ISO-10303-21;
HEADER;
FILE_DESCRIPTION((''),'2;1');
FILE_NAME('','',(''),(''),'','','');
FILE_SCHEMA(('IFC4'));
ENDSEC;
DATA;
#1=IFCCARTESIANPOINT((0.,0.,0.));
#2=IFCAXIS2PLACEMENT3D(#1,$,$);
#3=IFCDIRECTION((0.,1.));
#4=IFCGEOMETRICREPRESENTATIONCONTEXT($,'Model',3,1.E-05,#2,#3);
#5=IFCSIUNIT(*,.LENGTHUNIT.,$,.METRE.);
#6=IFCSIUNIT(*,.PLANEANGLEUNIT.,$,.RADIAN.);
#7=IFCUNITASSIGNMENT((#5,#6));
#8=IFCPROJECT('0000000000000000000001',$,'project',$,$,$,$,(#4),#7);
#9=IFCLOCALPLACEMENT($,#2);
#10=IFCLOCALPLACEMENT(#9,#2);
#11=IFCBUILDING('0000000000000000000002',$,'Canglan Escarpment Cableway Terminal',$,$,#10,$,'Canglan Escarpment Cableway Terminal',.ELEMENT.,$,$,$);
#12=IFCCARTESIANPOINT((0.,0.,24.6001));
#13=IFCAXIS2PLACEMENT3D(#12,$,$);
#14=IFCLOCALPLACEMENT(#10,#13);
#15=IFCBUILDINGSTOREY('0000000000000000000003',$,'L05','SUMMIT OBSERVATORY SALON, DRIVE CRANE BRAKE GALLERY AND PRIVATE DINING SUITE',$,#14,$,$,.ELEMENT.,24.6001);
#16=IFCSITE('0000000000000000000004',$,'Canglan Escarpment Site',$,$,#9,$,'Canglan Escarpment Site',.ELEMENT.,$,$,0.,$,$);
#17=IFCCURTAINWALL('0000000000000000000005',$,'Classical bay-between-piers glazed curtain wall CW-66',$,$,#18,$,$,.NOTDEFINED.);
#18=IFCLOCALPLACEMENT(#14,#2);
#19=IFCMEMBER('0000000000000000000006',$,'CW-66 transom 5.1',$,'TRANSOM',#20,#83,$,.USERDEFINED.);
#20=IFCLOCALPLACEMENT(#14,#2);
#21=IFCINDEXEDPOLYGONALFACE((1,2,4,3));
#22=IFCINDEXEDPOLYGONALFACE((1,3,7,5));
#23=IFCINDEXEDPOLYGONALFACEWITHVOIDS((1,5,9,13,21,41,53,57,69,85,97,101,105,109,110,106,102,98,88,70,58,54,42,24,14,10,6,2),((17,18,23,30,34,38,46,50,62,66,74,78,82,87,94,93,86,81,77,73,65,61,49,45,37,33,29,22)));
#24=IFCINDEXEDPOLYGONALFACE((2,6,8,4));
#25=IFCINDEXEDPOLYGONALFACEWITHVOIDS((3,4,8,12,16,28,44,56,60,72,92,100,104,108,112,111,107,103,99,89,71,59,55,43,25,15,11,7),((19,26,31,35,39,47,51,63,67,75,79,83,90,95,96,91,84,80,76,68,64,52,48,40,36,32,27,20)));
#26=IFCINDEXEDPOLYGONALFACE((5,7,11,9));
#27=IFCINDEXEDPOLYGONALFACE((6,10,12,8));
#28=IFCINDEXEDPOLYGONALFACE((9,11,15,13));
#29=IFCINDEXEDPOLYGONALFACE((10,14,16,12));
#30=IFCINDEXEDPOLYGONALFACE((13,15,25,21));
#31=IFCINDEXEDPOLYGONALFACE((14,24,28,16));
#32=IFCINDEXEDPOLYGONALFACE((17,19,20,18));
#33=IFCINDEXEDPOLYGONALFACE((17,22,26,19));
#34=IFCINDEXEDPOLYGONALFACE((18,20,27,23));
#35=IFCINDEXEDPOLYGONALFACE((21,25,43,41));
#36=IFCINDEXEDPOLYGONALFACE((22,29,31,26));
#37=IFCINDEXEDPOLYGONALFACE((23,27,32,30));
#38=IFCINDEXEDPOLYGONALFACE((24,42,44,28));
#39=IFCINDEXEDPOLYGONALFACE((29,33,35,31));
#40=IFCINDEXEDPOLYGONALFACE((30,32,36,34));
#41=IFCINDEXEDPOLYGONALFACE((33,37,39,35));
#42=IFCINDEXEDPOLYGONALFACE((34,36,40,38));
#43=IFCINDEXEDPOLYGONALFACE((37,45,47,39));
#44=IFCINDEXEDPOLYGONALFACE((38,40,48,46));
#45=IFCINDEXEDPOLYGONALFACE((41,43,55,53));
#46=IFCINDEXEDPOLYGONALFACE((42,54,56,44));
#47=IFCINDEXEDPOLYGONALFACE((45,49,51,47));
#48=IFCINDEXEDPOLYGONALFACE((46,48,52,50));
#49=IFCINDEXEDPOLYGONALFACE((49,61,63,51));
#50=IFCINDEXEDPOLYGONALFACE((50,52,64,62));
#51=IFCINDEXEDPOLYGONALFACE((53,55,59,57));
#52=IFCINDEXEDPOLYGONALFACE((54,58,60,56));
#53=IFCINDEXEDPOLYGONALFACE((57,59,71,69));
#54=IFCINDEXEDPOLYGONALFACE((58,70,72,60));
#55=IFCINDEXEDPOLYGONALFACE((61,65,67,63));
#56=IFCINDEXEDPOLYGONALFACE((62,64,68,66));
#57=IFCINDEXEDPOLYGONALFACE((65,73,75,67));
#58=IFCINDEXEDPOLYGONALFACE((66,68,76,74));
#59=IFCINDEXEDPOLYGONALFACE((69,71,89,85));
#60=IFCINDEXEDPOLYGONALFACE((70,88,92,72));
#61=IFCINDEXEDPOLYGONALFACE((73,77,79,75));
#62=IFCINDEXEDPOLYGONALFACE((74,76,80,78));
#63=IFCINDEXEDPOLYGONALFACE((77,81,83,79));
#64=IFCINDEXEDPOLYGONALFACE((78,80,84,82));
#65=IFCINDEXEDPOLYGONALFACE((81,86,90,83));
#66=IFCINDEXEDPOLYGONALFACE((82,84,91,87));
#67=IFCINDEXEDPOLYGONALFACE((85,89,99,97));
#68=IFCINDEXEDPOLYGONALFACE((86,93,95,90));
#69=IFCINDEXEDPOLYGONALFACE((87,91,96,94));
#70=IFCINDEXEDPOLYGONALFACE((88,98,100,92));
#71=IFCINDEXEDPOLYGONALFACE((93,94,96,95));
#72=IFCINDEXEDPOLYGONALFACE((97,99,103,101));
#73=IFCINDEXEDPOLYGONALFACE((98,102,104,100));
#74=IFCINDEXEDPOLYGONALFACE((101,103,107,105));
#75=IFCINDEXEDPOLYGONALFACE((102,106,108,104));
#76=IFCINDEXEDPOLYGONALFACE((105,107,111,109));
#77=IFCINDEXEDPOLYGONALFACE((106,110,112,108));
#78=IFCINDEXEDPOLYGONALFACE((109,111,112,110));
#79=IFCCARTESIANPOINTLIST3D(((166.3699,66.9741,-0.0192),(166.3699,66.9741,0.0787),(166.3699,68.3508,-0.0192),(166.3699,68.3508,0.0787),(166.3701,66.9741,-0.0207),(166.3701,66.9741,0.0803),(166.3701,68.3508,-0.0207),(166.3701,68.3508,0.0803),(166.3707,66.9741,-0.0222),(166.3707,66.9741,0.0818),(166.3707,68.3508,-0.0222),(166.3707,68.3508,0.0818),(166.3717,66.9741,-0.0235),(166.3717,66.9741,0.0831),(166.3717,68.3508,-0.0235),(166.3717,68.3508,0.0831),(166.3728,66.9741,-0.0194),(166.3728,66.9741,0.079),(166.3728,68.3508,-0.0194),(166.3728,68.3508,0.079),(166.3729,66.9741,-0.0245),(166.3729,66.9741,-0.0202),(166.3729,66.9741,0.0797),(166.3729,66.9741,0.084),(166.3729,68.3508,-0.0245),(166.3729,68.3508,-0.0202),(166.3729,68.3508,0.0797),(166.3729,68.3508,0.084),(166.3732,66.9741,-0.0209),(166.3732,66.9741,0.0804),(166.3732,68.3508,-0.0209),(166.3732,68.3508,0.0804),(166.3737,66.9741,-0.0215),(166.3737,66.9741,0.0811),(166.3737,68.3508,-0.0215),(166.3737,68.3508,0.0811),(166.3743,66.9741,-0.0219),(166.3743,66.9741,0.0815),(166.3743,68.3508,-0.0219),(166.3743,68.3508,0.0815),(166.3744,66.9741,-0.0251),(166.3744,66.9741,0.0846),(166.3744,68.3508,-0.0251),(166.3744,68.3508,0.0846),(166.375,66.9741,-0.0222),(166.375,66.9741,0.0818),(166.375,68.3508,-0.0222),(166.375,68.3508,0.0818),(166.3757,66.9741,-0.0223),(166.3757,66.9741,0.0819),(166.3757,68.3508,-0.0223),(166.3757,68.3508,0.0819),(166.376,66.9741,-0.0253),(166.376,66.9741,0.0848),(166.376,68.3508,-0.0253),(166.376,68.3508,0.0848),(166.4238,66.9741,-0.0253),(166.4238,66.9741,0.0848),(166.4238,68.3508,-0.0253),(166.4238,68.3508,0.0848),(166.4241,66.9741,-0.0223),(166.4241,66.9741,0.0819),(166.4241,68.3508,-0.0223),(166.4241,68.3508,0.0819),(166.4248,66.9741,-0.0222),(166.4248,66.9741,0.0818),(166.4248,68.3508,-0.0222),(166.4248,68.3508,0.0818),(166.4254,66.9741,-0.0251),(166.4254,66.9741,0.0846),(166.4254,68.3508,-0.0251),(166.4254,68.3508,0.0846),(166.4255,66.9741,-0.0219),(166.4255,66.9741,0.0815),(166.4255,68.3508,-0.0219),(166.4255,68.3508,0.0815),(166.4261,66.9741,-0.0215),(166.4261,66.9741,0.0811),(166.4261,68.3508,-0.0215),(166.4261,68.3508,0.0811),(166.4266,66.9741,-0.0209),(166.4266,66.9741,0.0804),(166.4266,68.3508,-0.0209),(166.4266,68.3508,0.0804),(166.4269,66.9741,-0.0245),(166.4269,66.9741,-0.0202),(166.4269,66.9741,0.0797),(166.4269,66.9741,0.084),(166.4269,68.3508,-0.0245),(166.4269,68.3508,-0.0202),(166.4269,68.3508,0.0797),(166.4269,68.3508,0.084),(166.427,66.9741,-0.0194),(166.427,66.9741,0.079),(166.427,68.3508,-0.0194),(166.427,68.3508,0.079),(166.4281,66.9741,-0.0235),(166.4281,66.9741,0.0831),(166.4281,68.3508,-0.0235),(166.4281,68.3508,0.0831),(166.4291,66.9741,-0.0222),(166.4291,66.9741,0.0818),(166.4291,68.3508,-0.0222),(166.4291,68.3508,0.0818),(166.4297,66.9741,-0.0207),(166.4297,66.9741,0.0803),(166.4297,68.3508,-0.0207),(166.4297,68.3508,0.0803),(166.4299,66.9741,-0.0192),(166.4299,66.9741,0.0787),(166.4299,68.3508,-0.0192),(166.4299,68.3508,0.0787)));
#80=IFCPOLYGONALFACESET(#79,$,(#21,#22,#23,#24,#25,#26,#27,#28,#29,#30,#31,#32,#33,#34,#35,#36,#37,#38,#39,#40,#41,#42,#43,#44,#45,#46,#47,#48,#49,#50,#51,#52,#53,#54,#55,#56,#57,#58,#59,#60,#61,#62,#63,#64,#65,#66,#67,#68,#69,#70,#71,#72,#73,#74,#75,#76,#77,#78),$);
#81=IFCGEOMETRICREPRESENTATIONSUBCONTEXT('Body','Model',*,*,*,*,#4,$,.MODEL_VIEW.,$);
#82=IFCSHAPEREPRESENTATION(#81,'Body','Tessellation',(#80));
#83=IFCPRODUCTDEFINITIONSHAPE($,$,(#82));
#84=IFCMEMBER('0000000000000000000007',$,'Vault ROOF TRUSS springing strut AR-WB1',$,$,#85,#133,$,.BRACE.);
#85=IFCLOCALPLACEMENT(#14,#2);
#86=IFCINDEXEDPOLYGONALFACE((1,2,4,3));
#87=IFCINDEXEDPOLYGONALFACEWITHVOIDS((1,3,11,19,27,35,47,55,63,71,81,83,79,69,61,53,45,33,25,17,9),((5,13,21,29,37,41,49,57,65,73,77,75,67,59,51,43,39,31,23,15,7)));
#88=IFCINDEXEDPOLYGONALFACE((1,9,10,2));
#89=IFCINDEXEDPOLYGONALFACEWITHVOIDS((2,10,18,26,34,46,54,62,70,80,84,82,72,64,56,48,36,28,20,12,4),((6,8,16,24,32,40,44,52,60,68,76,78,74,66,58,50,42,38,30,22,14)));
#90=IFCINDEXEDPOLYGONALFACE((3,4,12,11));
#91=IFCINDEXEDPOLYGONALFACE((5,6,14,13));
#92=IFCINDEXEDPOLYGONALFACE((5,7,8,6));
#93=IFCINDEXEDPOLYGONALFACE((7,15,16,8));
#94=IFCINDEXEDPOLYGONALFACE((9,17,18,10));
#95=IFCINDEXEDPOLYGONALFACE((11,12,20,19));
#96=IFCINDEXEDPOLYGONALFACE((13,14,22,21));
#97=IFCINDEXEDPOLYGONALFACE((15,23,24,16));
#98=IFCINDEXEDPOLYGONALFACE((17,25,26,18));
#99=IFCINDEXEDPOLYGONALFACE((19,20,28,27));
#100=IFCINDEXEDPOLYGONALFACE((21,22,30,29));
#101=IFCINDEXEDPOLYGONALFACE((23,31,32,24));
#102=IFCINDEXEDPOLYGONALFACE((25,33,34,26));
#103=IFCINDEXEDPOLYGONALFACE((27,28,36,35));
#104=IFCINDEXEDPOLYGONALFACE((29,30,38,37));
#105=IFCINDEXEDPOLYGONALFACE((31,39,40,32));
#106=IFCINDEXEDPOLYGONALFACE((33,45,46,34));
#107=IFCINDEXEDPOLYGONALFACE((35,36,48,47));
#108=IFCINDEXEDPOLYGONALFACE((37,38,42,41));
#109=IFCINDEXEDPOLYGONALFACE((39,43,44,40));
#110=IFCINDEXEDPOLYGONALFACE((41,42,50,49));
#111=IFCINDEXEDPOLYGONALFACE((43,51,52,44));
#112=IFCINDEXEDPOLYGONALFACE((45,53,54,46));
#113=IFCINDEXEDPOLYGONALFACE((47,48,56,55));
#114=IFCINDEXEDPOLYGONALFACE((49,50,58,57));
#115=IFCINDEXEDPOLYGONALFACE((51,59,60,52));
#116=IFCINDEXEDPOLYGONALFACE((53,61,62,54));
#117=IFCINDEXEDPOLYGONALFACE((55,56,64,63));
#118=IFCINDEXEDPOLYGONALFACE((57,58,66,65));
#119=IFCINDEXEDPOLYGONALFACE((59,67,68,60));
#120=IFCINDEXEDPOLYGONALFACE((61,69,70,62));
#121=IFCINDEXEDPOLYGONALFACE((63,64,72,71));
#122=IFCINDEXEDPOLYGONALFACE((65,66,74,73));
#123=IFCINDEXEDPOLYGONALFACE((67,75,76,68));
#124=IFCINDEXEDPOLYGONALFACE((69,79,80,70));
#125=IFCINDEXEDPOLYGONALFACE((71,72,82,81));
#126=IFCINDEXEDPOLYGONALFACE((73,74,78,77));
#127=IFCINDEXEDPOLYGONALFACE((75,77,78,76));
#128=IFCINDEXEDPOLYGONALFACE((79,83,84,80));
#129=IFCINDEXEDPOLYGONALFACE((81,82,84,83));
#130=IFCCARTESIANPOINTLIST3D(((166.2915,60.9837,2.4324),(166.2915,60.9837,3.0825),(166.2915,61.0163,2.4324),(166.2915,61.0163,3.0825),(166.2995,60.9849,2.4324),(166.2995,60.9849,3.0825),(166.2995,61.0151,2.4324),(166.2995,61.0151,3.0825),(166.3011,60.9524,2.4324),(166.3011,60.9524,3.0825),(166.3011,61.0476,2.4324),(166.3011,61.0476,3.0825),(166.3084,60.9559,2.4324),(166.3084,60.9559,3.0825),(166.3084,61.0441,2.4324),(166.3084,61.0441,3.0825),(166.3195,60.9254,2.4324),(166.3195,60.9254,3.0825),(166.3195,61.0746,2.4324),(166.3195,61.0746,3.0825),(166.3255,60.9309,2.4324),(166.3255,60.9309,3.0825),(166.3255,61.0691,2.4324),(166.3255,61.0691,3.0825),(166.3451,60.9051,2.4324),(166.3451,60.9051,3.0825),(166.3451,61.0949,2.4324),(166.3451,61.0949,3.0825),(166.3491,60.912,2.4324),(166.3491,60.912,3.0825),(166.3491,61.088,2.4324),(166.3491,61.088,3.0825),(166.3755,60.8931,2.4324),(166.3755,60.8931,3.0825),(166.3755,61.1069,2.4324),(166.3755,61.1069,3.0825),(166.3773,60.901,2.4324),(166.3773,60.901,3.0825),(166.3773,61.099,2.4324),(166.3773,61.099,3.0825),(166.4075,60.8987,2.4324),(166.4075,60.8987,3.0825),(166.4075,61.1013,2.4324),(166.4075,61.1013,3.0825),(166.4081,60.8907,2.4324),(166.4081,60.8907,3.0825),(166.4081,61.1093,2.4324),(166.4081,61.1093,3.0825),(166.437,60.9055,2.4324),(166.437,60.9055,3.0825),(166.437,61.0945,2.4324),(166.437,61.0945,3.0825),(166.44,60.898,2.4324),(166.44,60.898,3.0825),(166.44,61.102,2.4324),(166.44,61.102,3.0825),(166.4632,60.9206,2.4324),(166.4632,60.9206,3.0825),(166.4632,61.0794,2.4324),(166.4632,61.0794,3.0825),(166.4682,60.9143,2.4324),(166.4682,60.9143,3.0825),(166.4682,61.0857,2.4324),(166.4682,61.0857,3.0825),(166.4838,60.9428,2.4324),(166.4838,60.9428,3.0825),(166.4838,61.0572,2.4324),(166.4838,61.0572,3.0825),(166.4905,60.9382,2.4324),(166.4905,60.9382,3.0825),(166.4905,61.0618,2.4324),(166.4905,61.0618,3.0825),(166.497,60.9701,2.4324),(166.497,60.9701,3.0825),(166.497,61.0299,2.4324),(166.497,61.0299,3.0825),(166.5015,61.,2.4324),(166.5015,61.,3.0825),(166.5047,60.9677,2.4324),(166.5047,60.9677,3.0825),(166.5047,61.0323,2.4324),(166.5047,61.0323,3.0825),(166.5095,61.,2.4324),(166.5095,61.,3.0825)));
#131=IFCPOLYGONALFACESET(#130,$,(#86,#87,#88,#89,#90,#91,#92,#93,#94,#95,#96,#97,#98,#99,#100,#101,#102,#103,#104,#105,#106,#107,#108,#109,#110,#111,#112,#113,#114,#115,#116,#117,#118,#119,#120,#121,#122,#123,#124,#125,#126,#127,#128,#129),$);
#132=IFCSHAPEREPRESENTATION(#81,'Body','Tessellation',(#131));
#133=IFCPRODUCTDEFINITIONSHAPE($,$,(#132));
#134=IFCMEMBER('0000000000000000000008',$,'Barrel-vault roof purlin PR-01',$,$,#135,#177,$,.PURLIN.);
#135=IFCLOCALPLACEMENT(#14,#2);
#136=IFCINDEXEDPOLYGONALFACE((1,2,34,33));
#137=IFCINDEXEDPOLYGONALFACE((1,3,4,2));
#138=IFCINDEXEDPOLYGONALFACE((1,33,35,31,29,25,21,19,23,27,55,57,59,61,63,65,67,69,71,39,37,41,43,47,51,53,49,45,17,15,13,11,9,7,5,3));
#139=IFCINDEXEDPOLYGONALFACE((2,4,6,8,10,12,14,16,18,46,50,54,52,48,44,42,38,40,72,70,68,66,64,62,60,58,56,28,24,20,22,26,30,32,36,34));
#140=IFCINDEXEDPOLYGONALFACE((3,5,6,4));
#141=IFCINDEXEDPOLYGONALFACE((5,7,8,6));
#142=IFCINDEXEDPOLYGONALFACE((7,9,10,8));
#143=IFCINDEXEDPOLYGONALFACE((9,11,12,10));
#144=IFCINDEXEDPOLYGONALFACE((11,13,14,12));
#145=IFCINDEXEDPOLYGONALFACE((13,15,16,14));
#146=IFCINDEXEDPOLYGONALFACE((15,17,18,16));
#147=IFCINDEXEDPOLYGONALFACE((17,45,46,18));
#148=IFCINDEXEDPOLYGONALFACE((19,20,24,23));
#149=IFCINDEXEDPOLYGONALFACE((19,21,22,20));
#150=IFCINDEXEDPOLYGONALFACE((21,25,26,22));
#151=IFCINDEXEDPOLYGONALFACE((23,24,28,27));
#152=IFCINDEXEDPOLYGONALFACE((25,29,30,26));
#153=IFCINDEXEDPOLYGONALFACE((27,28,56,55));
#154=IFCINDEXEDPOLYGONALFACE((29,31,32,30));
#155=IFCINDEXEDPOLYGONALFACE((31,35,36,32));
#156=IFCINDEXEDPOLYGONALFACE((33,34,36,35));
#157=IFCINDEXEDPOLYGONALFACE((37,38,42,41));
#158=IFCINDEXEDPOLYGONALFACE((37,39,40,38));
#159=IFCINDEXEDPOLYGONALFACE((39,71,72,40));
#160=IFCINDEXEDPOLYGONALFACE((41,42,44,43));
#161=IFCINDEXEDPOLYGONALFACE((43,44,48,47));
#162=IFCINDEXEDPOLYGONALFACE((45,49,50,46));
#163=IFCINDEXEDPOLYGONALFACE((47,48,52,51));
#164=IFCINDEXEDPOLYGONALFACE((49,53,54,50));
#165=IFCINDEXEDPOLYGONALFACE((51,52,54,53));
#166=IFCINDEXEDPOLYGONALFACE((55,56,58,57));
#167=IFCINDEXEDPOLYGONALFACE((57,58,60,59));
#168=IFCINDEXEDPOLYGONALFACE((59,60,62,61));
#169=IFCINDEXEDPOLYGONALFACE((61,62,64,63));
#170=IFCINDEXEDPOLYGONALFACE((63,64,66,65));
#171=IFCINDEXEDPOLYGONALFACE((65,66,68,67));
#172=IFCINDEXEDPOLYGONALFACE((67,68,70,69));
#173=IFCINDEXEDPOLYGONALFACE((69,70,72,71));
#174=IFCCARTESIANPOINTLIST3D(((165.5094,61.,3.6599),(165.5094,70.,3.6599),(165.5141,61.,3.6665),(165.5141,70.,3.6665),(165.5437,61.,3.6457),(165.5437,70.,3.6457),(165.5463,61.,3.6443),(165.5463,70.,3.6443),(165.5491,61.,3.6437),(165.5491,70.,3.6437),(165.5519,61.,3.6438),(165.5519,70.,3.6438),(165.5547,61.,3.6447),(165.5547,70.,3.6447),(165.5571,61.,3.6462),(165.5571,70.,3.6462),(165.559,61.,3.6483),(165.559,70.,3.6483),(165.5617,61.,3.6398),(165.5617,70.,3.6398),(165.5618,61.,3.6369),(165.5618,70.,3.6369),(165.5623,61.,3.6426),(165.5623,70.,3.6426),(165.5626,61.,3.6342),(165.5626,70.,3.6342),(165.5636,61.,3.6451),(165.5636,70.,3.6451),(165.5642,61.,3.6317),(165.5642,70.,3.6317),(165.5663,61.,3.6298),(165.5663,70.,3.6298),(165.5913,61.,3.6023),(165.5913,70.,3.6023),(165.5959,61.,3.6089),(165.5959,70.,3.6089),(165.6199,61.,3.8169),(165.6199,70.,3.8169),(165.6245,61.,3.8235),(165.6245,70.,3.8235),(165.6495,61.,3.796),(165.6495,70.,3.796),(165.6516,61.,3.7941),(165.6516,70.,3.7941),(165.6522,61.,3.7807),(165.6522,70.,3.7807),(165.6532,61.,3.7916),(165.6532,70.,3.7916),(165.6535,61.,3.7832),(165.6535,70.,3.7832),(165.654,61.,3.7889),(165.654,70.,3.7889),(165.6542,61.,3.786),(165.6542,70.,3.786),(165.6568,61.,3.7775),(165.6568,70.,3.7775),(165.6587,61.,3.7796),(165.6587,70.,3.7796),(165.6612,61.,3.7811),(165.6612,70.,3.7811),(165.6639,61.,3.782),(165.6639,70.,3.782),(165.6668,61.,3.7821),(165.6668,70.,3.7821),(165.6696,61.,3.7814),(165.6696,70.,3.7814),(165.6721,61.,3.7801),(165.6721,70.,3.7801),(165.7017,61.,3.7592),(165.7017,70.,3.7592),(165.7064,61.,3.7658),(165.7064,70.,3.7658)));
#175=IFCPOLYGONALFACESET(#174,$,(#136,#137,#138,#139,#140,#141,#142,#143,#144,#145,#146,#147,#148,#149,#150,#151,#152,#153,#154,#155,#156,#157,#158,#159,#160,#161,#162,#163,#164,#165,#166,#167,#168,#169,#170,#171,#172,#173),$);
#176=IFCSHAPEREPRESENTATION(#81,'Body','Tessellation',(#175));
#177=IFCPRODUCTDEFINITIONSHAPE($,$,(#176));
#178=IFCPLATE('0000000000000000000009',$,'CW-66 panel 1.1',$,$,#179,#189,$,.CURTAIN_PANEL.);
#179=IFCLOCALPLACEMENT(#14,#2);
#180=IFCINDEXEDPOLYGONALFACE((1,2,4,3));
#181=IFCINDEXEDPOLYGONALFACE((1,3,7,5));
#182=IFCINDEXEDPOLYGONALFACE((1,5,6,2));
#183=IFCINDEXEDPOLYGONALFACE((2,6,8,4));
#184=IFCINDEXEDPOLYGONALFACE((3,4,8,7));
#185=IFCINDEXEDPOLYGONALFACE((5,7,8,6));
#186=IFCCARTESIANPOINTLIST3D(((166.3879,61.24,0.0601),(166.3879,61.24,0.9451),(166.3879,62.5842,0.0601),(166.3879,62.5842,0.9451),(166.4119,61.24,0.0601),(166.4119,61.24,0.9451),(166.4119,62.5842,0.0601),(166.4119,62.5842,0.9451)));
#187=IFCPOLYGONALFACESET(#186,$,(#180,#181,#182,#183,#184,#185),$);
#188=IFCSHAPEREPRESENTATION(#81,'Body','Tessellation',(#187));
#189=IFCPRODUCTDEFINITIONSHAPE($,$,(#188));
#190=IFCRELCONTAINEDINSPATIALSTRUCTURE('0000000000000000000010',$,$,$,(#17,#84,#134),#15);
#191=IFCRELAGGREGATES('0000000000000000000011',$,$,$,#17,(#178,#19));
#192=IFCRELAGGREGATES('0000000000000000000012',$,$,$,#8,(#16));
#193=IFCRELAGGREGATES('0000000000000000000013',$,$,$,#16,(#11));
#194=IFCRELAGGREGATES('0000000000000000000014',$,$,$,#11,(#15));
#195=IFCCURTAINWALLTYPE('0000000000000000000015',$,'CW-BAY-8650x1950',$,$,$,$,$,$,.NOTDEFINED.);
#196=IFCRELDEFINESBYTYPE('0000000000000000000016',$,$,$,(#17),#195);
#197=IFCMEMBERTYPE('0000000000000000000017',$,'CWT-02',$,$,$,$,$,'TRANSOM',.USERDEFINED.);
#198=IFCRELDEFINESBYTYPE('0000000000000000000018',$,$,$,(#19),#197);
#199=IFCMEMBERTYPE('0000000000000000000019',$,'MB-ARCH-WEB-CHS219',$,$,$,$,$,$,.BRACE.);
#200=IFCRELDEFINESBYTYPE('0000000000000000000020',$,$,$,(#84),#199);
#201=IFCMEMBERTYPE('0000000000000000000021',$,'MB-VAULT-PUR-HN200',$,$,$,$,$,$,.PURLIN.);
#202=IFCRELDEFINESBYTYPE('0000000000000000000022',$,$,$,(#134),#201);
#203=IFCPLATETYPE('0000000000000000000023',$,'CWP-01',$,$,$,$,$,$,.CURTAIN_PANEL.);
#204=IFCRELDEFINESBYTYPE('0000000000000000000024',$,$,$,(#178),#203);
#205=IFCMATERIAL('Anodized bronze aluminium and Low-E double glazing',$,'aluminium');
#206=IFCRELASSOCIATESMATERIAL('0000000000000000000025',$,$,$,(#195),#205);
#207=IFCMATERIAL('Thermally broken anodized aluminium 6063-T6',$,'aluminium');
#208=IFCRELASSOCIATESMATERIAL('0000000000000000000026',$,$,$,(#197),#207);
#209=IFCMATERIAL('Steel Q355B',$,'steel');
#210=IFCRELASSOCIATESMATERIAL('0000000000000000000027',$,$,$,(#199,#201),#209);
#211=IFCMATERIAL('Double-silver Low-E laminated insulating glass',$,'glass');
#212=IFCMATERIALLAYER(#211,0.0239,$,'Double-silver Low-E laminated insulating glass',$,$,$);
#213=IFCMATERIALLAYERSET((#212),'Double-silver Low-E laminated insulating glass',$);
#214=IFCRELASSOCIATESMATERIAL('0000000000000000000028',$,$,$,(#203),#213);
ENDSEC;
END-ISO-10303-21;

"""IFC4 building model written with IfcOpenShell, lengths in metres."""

from ifc_helpers import new_model, si_unit, direction, frame, origin, origin_2d, place, context, subcontext, project, spatial, rectangle, hollow_rectangle, hollow_circle, i_section, extrude, material, layer, layer_set, material_profile, profile_set, type_object, element, aggregate, save


model = new_model("IFC4")

# Units and contexts
model_context = context("Model", 3, precision=1e-05, world=origin(), true_north=direction((0.0, 1.0)))
body_context = subcontext(model_context, "Body", "Model", "MODEL_VIEW")
ifc_project = project(units=[si_unit("LENGTHUNIT", "METRE"), si_unit("PLANEANGLEUNIT", "RADIAN")], contexts=[model_context])

# Site, building, storey
site_placement = place(None, origin())
site = spatial("IfcSite", under=ifc_project, at=site_placement, Name="Canglan Escarpment Site", LongName="Canglan Escarpment Site", CompositionType="ELEMENT", RefElevation=0.0)
building_placement = place(site_placement, origin())
building = spatial("IfcBuilding", under=site, at=building_placement, Name="Canglan Escarpment Cableway Terminal", LongName="Canglan Escarpment Cableway Terminal", CompositionType="ELEMENT")
storey_placement = place(building_placement, frame((0.0, 0.0, 24.6001)))
storey = spatial("IfcBuildingStorey", under=building, at=storey_placement, Name="L05", Description="SUMMIT OBSERVATORY SALON, DRIVE CRANE BRAKE GALLERY AND PRIVATE DINING SUITE", CompositionType="ELEMENT", Elevation=24.6001)

# Shared definitions
ifc_material_1 = material(Name="Steel Q355B", Category="steel")

# Shared definitions
ifc_material_2 = material(Name="Anodized bronze aluminium and Low-E double glazing", Category="aluminium")
curtain_wall_type = type_object("IfcCurtainWallType", Name="CW-BAY-8650x1950", PredefinedType="NOTDEFINED", material=ifc_material_2)
ifc_material_3 = material(Name="Thermally broken anodized aluminium 6063-T6", Category="aluminium")

# Curtain wall
curtain_wall_1_placement = place(storey_placement, origin())
curtain_wall_1 = element("IfcCurtainWall", 1, at=curtain_wall_1_placement, inside=storey, type_object=curtain_wall_type, Name="Classical bay-between-piers glazed curtain wall CW-66", PredefinedType="NOTDEFINED")

# Member
ifc_material_profile_1 = material_profile(ifc_material_3, hollow_rectangle(XDim=0.0601, YDim=0.1101, WallThickness=0.0029, InnerFilletRadius=0.0029, OuterFilletRadius=0.0061, at=origin_2d()), Name="ALU-TRAN 60x110x3")
ifc_profile_set_1 = profile_set([ifc_material_profile_1], Name="Thermally broken anodized aluminium 6063-T6")
member_type_1 = type_object("IfcMemberType", Name="CWT-02", ElementType="TRANSOM", PredefinedType="USERDEFINED", material=ifc_profile_set_1)
member_1_placement = place(storey_placement, frame((166.3999, 66.9741, 0.0298), z_axis=(0.0, 1.0, 0.0), x_axis=(-1.0, 0.0, 0.0)))
member_1 = element("IfcMember", 2, at=member_1_placement, type_object=member_type_1, Name="CW-66 transom 5.1", ObjectType="TRANSOM", PredefinedType="USERDEFINED", context=body_context, shape_type="SweptSolid", body=[
    extrude(hollow_rectangle(XDim=0.0601, YDim=0.1101, WallThickness=0.0029, InnerFilletRadius=0.0029, OuterFilletRadius=0.0061, at=origin_2d()), origin(), (0.0, 0.0, 1.0), 1.3767),
])

# Members
ifc_material_profile_2 = material_profile(ifc_material_1, hollow_circle(Radius=0.1096, WallThickness=0.0081, at=origin_2d()), Name="CHS 219.1x8")
ifc_profile_set_2 = profile_set([ifc_material_profile_2], Name="Steel Q355B")
member_type_2 = type_object("IfcMemberType", Name="MB-ARCH-WEB-CHS219", PredefinedType="BRACE", material=ifc_profile_set_2)
member_2_placement = place(storey_placement, frame((166.3999, 61.0, 2.4324), z_axis=(0.0, 0.0, 1.0), x_axis=(1.0, 0.0, 0.0)))
element("IfcMember", 3, at=member_2_placement, inside=storey, type_object=member_type_2, Name="Vault ROOF TRUSS springing strut AR-WB1", PredefinedType="BRACE", context=body_context, shape_type="SweptSolid", body=[
    extrude(hollow_circle(Radius=0.1096, WallThickness=0.0081, at=origin_2d()), origin(), (0.0, 0.0, 1.0), 0.6501),
])
ifc_material_profile_3 = material_profile(ifc_material_1, i_section(OverallWidth=0.1001, OverallDepth=0.2, WebThickness=0.0056, FlangeThickness=0.0081, FilletRadius=0.011, at=origin_2d()), Name="HN 200x100x5.5x8")
ifc_profile_set_3 = profile_set([ifc_material_profile_3], Name="Steel Q355B")
member_type_3 = type_object("IfcMemberType", Name="MB-VAULT-PUR-HN200", PredefinedType="PURLIN", material=ifc_profile_set_3)
member_3_placement = place(storey_placement, frame((165.6079, 61.0, 3.7129), z_axis=(0.0, 1.0, 0.0), x_axis=(-0.817728, 0.0, 0.575605)))
element("IfcMember", 4, at=member_3_placement, inside=storey, type_object=member_type_3, Name="Barrel-vault roof purlin PR-01", PredefinedType="PURLIN", context=body_context, shape_type="SweptSolid", body=[
    extrude(i_section(OverallWidth=0.1001, OverallDepth=0.2, WebThickness=0.0056, FlangeThickness=0.0081, FilletRadius=0.011, at=origin_2d()), origin(), (0.0, 0.0, 1.0), 9.0),
])

# Plate
ifc_material_4 = material(Name="Double-silver Low-E laminated insulating glass", Category="glass")
ifc_layer_1 = layer(ifc_material_4, 0.0239, Name="Double-silver Low-E laminated insulating glass")
ifc_layer_set_1 = layer_set([ifc_layer_1], Name="Double-silver Low-E laminated insulating glass")
plate_type_1 = type_object("IfcPlateType", Name="CWP-01", PredefinedType="CURTAIN_PANEL", material=ifc_layer_set_1)
plate_1_placement = place(storey_placement, frame((166.3999, 61.9121, 0.0601), z_axis=(0.0, 0.0, 1.0), x_axis=(0.0, 1.0, 0.0)))
plate_1 = element("IfcPlate", 5, at=plate_1_placement, type_object=plate_type_1, Name="CW-66 panel 1.1", PredefinedType="CURTAIN_PANEL", context=body_context, shape_type="SweptSolid", body=[
    extrude(rectangle(XDim=1.3442, YDim=0.0239, at=origin_2d()), origin(), (0.0, 0.0, 1.0), 0.885),
])
aggregate(curtain_wall_1, [plate_1, member_1])

save(model, "model.ifc")
